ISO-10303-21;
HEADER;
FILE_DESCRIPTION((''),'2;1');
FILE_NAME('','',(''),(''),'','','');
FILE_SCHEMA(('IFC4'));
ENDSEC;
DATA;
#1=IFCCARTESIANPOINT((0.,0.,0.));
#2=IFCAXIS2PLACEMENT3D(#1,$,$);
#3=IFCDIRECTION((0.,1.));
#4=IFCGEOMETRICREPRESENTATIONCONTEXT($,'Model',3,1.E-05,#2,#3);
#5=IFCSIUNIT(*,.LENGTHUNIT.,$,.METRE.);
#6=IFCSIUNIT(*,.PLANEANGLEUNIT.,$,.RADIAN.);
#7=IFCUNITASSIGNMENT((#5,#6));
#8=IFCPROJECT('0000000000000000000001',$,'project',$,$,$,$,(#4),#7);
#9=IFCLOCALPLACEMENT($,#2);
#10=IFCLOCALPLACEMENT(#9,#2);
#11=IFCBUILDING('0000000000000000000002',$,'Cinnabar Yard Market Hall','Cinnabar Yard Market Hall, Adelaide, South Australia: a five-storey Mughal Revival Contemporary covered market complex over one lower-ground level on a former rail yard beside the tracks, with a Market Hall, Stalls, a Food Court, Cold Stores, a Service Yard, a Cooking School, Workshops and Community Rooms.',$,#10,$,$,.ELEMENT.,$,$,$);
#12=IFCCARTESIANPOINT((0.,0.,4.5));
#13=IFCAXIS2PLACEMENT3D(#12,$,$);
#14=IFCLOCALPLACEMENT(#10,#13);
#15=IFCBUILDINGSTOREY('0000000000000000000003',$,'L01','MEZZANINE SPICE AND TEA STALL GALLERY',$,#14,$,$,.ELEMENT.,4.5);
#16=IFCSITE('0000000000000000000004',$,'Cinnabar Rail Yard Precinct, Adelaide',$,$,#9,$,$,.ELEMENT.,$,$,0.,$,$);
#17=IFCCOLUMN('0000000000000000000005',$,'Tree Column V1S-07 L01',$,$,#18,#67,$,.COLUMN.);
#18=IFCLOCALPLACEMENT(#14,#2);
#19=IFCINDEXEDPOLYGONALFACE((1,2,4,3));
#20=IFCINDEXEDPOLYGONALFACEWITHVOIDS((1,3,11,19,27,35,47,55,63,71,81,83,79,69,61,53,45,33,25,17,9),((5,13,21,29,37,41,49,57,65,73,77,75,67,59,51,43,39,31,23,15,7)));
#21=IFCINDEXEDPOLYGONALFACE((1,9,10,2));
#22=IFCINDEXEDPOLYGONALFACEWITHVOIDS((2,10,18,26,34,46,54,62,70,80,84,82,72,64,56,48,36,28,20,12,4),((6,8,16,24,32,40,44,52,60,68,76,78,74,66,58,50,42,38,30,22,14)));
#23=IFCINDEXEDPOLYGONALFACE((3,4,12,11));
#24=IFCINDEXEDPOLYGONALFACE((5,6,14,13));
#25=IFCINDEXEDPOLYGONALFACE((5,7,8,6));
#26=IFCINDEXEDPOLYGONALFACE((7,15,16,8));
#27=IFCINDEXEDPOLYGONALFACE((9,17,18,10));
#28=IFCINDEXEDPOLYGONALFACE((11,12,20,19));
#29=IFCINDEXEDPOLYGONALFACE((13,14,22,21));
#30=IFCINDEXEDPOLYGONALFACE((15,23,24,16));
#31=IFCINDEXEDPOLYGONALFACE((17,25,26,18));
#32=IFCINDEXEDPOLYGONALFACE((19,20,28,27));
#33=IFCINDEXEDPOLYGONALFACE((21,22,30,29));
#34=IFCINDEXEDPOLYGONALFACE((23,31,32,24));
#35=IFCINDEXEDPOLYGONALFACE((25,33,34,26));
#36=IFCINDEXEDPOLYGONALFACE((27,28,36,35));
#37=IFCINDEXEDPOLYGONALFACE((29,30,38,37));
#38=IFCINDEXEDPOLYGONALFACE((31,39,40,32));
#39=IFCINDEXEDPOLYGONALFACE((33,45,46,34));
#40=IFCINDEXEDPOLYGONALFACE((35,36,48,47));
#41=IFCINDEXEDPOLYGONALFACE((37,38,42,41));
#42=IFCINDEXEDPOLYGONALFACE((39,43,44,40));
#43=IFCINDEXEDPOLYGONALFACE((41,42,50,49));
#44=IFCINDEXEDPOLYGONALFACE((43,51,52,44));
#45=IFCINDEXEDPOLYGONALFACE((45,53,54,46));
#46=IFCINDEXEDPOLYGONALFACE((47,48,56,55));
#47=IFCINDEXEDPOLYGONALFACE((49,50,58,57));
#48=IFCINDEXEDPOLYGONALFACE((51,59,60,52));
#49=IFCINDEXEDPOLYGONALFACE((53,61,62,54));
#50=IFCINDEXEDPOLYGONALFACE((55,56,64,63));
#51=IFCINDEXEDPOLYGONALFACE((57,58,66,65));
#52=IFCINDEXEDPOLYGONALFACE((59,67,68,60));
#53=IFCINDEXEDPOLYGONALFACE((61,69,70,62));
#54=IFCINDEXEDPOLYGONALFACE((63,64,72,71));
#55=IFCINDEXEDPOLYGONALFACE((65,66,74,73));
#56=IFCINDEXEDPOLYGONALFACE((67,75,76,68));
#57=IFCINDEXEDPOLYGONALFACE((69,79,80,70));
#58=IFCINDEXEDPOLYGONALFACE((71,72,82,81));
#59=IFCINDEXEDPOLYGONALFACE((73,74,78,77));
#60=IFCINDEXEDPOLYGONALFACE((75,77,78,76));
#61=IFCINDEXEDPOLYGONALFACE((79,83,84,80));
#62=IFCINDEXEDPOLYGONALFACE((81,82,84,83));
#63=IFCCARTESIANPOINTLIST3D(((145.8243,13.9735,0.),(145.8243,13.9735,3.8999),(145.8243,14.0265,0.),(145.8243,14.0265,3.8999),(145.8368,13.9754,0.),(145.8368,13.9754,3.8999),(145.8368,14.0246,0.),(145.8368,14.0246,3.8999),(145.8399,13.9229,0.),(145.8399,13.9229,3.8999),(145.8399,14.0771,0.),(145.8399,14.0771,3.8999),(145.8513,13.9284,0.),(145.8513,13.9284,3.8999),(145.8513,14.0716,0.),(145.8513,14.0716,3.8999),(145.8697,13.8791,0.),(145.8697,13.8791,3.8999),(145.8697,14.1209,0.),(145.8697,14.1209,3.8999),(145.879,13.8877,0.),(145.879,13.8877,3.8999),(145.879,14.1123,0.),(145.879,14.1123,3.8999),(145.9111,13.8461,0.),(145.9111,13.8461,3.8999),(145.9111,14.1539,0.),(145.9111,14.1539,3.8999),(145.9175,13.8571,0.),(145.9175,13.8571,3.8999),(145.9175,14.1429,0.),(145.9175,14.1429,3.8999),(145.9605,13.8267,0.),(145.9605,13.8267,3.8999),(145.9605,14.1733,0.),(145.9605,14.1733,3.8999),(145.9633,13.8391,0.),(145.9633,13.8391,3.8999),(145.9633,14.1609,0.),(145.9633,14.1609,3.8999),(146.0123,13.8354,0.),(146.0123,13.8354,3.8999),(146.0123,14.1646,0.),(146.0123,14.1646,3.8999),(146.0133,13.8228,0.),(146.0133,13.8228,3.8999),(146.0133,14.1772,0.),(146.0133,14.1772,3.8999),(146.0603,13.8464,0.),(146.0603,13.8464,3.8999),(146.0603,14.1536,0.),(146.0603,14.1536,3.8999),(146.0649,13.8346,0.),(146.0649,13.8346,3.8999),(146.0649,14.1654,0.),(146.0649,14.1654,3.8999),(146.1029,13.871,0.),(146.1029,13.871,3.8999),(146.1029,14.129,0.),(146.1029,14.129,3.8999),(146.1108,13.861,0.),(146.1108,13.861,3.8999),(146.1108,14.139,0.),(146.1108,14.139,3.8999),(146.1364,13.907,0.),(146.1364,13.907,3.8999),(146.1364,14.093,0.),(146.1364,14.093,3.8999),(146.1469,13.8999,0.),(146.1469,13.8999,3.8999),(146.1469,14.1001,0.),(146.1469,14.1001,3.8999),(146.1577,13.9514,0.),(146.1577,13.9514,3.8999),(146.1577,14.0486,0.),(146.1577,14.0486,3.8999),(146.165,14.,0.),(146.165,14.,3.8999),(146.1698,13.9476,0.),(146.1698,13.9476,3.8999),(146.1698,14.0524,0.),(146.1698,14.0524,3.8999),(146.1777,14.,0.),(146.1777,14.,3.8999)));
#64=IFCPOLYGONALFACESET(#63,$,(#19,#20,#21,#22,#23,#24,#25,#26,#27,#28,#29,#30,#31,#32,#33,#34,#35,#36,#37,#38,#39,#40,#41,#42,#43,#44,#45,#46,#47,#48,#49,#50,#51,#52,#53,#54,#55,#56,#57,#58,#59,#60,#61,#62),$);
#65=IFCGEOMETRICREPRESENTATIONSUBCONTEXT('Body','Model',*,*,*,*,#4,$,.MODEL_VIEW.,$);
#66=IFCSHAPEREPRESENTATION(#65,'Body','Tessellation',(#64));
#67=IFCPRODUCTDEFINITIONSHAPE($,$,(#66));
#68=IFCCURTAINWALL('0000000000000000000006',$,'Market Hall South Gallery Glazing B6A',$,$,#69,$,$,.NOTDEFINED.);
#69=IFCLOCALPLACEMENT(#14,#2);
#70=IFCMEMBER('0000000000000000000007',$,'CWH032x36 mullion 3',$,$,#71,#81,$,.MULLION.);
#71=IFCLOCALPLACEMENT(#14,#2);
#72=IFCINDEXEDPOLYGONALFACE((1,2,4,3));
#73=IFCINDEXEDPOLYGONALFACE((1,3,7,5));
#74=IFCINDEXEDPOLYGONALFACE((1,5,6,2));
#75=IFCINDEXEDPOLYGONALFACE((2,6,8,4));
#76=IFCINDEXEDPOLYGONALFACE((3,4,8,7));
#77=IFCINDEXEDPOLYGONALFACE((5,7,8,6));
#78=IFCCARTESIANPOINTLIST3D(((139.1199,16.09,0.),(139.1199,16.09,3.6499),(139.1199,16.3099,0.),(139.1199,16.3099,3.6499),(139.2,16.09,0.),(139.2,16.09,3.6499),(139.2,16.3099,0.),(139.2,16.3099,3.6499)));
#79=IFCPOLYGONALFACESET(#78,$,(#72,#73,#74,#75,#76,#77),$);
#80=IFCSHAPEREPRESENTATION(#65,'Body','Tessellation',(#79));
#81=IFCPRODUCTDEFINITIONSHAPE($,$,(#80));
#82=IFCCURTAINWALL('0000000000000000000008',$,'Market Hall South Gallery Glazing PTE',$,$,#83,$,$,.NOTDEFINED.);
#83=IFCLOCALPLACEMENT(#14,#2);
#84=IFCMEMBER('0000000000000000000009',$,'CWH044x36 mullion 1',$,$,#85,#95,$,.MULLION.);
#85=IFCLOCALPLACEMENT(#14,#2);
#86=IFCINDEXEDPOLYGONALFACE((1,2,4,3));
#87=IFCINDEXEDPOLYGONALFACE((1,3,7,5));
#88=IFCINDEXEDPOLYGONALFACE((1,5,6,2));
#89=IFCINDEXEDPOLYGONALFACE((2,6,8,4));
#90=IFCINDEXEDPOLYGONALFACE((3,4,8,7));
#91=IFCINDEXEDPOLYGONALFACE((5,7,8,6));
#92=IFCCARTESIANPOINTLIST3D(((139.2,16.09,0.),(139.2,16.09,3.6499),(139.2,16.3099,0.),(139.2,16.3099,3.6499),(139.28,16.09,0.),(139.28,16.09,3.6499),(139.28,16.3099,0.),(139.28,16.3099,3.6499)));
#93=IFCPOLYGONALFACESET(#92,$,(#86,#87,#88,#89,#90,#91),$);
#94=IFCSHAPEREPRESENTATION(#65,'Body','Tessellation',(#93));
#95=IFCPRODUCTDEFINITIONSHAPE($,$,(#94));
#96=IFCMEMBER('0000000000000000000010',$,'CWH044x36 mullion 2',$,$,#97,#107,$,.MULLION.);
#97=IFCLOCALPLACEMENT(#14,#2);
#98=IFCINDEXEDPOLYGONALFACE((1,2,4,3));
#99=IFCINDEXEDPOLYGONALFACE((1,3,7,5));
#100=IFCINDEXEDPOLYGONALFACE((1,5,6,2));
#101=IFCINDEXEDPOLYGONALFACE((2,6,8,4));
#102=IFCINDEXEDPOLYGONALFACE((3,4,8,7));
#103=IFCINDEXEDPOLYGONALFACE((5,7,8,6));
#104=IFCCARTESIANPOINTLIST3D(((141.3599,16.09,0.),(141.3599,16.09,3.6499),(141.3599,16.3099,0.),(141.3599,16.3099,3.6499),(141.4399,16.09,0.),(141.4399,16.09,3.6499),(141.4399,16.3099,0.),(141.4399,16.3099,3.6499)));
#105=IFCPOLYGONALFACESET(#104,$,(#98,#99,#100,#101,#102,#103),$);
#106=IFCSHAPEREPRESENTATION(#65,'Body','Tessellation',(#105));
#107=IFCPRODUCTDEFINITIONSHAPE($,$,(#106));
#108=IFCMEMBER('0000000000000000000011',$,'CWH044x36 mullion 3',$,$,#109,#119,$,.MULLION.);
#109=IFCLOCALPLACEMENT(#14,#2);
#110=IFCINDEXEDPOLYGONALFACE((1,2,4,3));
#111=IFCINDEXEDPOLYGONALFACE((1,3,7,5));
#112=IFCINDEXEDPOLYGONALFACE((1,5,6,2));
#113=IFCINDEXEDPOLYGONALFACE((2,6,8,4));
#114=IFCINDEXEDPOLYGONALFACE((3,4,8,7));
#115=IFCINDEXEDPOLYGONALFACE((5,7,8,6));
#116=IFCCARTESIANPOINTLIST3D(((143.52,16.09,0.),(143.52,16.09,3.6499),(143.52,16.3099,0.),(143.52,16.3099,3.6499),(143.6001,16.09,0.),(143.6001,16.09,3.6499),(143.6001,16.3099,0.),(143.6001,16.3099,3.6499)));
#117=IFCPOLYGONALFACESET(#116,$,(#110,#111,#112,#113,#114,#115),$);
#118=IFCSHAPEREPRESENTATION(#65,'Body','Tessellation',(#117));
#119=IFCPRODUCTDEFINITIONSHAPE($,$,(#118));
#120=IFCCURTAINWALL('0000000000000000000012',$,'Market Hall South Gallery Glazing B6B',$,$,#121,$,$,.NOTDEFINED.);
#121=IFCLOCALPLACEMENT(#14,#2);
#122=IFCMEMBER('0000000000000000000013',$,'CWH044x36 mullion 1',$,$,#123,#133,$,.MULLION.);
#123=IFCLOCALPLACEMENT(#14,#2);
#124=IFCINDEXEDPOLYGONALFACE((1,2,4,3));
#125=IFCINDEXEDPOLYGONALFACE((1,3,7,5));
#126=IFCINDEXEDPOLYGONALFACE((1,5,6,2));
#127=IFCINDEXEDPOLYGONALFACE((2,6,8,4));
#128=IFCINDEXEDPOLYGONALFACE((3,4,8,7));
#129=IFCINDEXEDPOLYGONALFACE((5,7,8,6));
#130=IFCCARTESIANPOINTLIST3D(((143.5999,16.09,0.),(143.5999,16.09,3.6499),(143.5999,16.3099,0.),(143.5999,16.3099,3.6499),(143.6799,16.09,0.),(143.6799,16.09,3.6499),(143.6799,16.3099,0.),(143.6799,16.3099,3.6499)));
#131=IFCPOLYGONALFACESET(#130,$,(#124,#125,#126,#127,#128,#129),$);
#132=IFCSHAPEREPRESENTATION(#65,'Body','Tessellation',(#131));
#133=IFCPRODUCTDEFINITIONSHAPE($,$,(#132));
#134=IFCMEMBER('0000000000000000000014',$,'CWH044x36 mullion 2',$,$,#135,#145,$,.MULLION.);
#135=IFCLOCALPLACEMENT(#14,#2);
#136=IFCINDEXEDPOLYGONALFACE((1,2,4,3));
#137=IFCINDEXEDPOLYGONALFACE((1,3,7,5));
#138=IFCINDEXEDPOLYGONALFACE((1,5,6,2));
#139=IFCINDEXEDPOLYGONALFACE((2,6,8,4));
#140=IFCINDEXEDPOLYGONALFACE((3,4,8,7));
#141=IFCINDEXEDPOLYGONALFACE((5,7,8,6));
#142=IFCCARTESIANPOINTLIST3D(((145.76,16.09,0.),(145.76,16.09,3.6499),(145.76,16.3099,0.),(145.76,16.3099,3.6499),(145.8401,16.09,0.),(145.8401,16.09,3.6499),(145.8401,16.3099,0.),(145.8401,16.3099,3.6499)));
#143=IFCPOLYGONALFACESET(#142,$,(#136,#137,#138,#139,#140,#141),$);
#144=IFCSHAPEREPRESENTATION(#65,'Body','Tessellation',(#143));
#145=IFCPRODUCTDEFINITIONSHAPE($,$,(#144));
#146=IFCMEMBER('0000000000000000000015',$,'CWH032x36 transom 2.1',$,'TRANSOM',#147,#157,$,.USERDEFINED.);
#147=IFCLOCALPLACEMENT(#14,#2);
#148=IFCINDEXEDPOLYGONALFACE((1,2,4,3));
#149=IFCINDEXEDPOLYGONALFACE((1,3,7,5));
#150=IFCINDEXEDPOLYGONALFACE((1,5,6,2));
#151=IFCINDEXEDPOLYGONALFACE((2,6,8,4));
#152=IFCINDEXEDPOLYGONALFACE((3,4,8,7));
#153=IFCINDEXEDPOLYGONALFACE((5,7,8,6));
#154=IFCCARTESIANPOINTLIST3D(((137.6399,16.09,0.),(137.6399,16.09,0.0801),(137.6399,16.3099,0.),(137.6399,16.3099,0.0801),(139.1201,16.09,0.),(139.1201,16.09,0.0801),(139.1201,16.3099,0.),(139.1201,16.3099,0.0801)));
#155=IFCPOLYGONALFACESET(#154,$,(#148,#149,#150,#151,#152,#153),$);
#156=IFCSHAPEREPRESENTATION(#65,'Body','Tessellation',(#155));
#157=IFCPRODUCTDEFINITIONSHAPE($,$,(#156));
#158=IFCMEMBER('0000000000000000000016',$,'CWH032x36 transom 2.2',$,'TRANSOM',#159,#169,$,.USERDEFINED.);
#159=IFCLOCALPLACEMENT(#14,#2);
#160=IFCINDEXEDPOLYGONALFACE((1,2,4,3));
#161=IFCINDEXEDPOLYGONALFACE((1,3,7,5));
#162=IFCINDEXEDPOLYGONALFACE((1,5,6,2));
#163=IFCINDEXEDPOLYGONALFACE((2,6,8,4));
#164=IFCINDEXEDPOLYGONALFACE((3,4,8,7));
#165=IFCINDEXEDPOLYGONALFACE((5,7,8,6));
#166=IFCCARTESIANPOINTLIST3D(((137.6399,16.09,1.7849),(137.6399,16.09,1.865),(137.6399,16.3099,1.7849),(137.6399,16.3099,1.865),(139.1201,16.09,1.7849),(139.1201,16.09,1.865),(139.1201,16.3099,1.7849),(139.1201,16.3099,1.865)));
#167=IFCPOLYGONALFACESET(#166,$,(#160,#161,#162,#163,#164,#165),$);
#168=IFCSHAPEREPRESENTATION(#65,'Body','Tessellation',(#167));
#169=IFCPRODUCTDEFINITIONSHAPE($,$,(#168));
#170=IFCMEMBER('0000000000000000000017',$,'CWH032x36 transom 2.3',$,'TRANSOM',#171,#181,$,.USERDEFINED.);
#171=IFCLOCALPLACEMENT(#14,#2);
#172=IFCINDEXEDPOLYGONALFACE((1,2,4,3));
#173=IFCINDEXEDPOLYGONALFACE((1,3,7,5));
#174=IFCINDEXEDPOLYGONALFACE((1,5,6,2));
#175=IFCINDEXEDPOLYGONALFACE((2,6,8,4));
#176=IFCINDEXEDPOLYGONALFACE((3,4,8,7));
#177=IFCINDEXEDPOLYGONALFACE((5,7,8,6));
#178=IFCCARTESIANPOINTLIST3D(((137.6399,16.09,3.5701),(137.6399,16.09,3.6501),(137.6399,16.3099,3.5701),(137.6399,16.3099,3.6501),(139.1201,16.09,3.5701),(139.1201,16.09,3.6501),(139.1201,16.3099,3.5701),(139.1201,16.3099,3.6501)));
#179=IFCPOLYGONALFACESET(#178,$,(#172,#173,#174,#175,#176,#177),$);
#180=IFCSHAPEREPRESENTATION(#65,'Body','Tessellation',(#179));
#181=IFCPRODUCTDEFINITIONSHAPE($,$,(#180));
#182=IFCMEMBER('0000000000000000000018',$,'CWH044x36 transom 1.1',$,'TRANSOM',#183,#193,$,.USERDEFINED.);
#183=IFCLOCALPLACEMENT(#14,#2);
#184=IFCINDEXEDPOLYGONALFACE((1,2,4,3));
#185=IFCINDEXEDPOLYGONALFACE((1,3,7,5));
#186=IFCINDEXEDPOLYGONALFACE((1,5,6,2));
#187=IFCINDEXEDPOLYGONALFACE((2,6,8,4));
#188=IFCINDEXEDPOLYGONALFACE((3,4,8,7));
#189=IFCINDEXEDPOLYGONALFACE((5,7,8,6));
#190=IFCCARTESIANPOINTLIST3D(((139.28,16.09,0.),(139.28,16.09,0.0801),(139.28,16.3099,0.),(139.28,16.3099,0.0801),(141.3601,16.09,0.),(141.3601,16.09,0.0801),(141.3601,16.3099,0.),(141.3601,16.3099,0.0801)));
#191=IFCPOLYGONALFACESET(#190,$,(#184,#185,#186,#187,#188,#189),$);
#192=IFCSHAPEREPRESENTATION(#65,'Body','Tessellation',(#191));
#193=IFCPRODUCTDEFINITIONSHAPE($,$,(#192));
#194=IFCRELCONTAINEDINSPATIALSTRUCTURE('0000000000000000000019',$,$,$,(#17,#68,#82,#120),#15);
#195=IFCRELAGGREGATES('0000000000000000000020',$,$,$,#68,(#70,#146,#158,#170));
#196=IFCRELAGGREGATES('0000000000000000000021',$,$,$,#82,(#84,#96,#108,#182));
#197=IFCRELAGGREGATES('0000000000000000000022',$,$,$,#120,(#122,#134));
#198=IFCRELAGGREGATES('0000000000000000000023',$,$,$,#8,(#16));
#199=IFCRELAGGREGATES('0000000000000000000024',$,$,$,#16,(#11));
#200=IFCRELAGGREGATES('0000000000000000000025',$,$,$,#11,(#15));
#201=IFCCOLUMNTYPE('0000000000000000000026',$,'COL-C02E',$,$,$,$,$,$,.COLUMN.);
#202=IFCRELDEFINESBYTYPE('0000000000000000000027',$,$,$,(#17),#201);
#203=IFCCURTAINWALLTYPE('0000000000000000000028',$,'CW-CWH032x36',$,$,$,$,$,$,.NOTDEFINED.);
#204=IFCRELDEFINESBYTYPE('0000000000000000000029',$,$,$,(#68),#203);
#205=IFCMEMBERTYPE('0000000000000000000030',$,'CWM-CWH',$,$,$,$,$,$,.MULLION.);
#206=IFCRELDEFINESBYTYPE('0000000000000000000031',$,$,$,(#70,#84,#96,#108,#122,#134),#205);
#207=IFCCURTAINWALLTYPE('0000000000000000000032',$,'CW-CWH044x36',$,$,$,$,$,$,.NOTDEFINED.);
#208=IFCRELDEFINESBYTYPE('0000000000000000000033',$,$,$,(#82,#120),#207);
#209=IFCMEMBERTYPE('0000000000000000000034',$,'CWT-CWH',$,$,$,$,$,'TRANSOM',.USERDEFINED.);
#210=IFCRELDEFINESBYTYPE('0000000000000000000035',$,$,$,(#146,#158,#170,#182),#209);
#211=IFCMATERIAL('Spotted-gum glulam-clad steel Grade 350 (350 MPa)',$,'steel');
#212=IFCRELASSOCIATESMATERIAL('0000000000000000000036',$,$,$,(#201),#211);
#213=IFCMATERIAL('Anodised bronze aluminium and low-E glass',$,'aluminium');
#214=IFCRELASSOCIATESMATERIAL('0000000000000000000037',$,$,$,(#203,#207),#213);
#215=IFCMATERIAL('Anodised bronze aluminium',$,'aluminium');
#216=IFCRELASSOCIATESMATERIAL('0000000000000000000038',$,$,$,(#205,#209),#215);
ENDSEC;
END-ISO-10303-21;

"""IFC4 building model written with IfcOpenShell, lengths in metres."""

from ifc_helpers import new_model, si_unit, direction, frame, origin, origin_2d_with_axis, place, context, subcontext, project, spatial, rectangle, hollow_circle, extrude, material, material_profile, profile_set, type_object, element, aggregate, save


model = new_model("IFC4")

# Units and contexts
model_context = context("Model", 3, precision=1e-05, world=origin(), true_north=direction((0.0, 1.0)))
body_context = subcontext(model_context, "Body", "Model", "MODEL_VIEW")
ifc_project = project(units=[si_unit("LENGTHUNIT", "METRE"), si_unit("PLANEANGLEUNIT", "RADIAN")], contexts=[model_context])

# Site, building, storey
site_placement = place(None, origin())
site = spatial("IfcSite", under=ifc_project, at=site_placement, Name="Cinnabar Rail Yard Precinct, Adelaide", CompositionType="ELEMENT", RefElevation=0.0)
building_placement = place(site_placement, origin())
building = spatial("IfcBuilding", under=site, at=building_placement, Name="Cinnabar Yard Market Hall", Description="Cinnabar Yard Market Hall, Adelaide, South Australia: a five-storey Mughal Revival Contemporary covered market complex over one lower-ground level on a former rail yard beside the tracks, with a Market Hall, Stalls, a Food Court, Cold Stores, a Service Yard, a Cooking School, Workshops and Community Rooms.", CompositionType="ELEMENT")
storey_placement = place(building_placement, frame((0.0, 0.0, 4.5)))
storey = spatial("IfcBuildingStorey", under=building, at=storey_placement, Name="L01", Description="MEZZANINE SPICE AND TEA STALL GALLERY", CompositionType="ELEMENT", Elevation=4.5)

# Column
ifc_material_1 = material(Name="Spotted-gum glulam-clad steel Grade 350 (350 MPa)", Category="steel")
ifc_material_profile_1 = material_profile(ifc_material_1, hollow_circle(Radius=0.1777, WallThickness=0.0127, at=origin_2d_with_axis()), Name="355.6x12.7CHS")
ifc_profile_set_1 = profile_set([ifc_material_profile_1], Name="Spotted-gum glulam-clad steel Grade 350 (350 MPa)")
column_type = type_object("IfcColumnType", Name="COL-C02E", PredefinedType="COLUMN", material=ifc_profile_set_1)
column_placement = place(storey_placement, frame((146.0, 14.0, 0.0), z_axis=(0.0, 0.0, 1.0), x_axis=(1.0, 0.0, 0.0)))
element("IfcColumn", 1, at=column_placement, inside=storey, type_object=column_type, Name="Tree Column V1S-07 L01", PredefinedType="COLUMN", context=body_context, shape_type="SweptSolid", body=[
    extrude(hollow_circle(Radius=0.1777, WallThickness=0.0127, at=origin_2d_with_axis()), origin(), (0.0, 0.0, 1.0), 3.8999),
])

# Curtain wall, member
ifc_material_2 = material(Name="Anodised bronze aluminium and low-E glass", Category="aluminium")
curtain_wall_type_1 = type_object("IfcCurtainWallType", Name="CW-CWH032x36", PredefinedType="NOTDEFINED", material=ifc_material_2)
curtain_wall_1_placement = place(storey_placement, origin())
curtain_wall_1 = element("IfcCurtainWall", 2, at=curtain_wall_1_placement, inside=storey, type_object=curtain_wall_type_1, Name="Market Hall South Gallery Glazing B6A", PredefinedType="NOTDEFINED")
ifc_material_3 = material(Name="Anodised bronze aluminium", Category="aluminium")
ifc_material_profile_2 = material_profile(ifc_material_3, rectangle(XDim=0.22, YDim=0.0801, at=origin_2d_with_axis()), Name="MUL-CWH")
ifc_profile_set_2 = profile_set([ifc_material_profile_2], Name="Anodised bronze aluminium")
member_type_1 = type_object("IfcMemberType", Name="CWM-CWH", PredefinedType="MULLION", material=ifc_profile_set_2)
member_1_placement = place(storey_placement, frame((139.1599, 16.2, 0.0), z_axis=(0.0, 0.0, 1.0), x_axis=(0.0, 1.0, 0.0)))
member_1 = element("IfcMember", 3, at=member_1_placement, type_object=member_type_1, Name="CWH032x36 mullion 3", PredefinedType="MULLION", context=body_context, shape_type="SweptSolid", body=[
    extrude(rectangle(XDim=0.22, YDim=0.0801, at=origin_2d_with_axis()), origin(), (0.0, 0.0, 1.0), 3.6499),
])

# Curtain walls, members
curtain_wall_type_2 = type_object("IfcCurtainWallType", Name="CW-CWH044x36", PredefinedType="NOTDEFINED", material=ifc_material_2)
curtain_wall_2_placement = place(storey_placement, origin())
curtain_wall_2 = element("IfcCurtainWall", 4, at=curtain_wall_2_placement, inside=storey, type_object=curtain_wall_type_2, Name="Market Hall South Gallery Glazing PTE", PredefinedType="NOTDEFINED")
member_2_placement = place(storey_placement, frame((139.24, 16.2, 0.0), z_axis=(0.0, 0.0, 1.0), x_axis=(0.0, 1.0, 0.0)))
member_2 = element("IfcMember", 5, at=member_2_placement, type_object=member_type_1, Name="CWH044x36 mullion 1", PredefinedType="MULLION", context=body_context, shape_type="SweptSolid", body=[
    extrude(rectangle(XDim=0.22, YDim=0.0801, at=origin_2d_with_axis()), origin(), (0.0, 0.0, 1.0), 3.6499),
])
member_3_placement = place(storey_placement, frame((141.3999, 16.2, 0.0), z_axis=(0.0, 0.0, 1.0), x_axis=(0.0, 1.0, 0.0)))
member_3 = element("IfcMember", 6, at=member_3_placement, type_object=member_type_1, Name="CWH044x36 mullion 2", PredefinedType="MULLION", context=body_context, shape_type="SweptSolid", body=[
    extrude(rectangle(XDim=0.22, YDim=0.0801, at=origin_2d_with_axis()), origin(), (0.0, 0.0, 1.0), 3.6499),
])
member_4_placement = place(storey_placement, frame((143.5601, 16.2, 0.0), z_axis=(0.0, 0.0, 1.0), x_axis=(0.0, 1.0, 0.0)))
member_4 = element("IfcMember", 7, at=member_4_placement, type_object=member_type_1, Name="CWH044x36 mullion 3", PredefinedType="MULLION", context=body_context, shape_type="SweptSolid", body=[
    extrude(rectangle(XDim=0.22, YDim=0.0801, at=origin_2d_with_axis()), origin(), (0.0, 0.0, 1.0), 3.6499),
])
curtain_wall_3_placement = place(storey_placement, origin())
curtain_wall_3 = element("IfcCurtainWall", 8, at=curtain_wall_3_placement, inside=storey, type_object=curtain_wall_type_2, Name="Market Hall South Gallery Glazing B6B", PredefinedType="NOTDEFINED")
member_5_placement = place(storey_placement, frame((143.6399, 16.2, 0.0), z_axis=(0.0, 0.0, 1.0), x_axis=(0.0, 1.0, 0.0)))
member_5 = element("IfcMember", 9, at=member_5_placement, type_object=member_type_1, Name="CWH044x36 mullion 1", PredefinedType="MULLION", context=body_context, shape_type="SweptSolid", body=[
    extrude(rectangle(XDim=0.22, YDim=0.0801, at=origin_2d_with_axis()), origin(), (0.0, 0.0, 1.0), 3.6499),
])
member_6_placement = place(storey_placement, frame((145.8, 16.2, 0.0), z_axis=(0.0, 0.0, 1.0), x_axis=(0.0, 1.0, 0.0)))
member_6 = element("IfcMember", 10, at=member_6_placement, type_object=member_type_1, Name="CWH044x36 mullion 2", PredefinedType="MULLION", context=body_context, shape_type="SweptSolid", body=[
    extrude(rectangle(XDim=0.22, YDim=0.0801, at=origin_2d_with_axis()), origin(), (0.0, 0.0, 1.0), 3.6499),
])

# Members
ifc_material_profile_3 = material_profile(ifc_material_3, rectangle(XDim=0.22, YDim=0.0801, at=origin_2d_with_axis()), Name="TRN-CWH")
ifc_profile_set_3 = profile_set([ifc_material_profile_3], Name="Anodised bronze aluminium")
member_type_2 = type_object("IfcMemberType", Name="CWT-CWH", ElementType="TRANSOM", PredefinedType="USERDEFINED", material=ifc_profile_set_3)
member_7_placement = place(storey_placement, frame((137.6399, 16.2, 0.04), z_axis=(1.0, 0.0, 0.0), x_axis=(0.0, 1.0, 0.0)))
member_7 = element("IfcMember", 11, at=member_7_placement, type_object=member_type_2, Name="CWH032x36 transom 2.1", ObjectType="TRANSOM", PredefinedType="USERDEFINED", context=body_context, shape_type="SweptSolid", body=[
    extrude(rectangle(XDim=0.22, YDim=0.0801, at=origin_2d_with_axis()), origin(), (0.0, 0.0, 1.0), 1.4802),
])
member_8_placement = place(storey_placement, frame((137.6399, 16.2, 1.825), z_axis=(1.0, 0.0, 0.0), x_axis=(0.0, 1.0, 0.0)))
member_8 = element("IfcMember", 12, at=member_8_placement, type_object=member_type_2, Name="CWH032x36 transom 2.2", ObjectType="TRANSOM", PredefinedType="USERDEFINED", context=body_context, shape_type="SweptSolid", body=[
    extrude(rectangle(XDim=0.22, YDim=0.0801, at=origin_2d_with_axis()), origin(), (0.0, 0.0, 1.0), 1.4802),
])
member_9_placement = place(storey_placement, frame((137.6399, 16.2, 3.6101), z_axis=(1.0, 0.0, 0.0), x_axis=(0.0, 1.0, 0.0)))
member_9 = element("IfcMember", 13, at=member_9_placement, type_object=member_type_2, Name="CWH032x36 transom 2.3", ObjectType="TRANSOM", PredefinedType="USERDEFINED", context=body_context, shape_type="SweptSolid", body=[
    extrude(rectangle(XDim=0.22, YDim=0.0801, at=origin_2d_with_axis()), origin(), (0.0, 0.0, 1.0), 1.4802),
])
member_10_placement = place(storey_placement, frame((139.28, 16.2, 0.04), z_axis=(1.0, 0.0, 0.0), x_axis=(0.0, 1.0, 0.0)))
member_10 = element("IfcMember", 14, at=member_10_placement, type_object=member_type_2, Name="CWH044x36 transom 1.1", ObjectType="TRANSOM", PredefinedType="USERDEFINED", context=body_context, shape_type="SweptSolid", body=[
    extrude(rectangle(XDim=0.22, YDim=0.0801, at=origin_2d_with_axis()), origin(), (0.0, 0.0, 1.0), 2.0801),
])

aggregate(curtain_wall_1, [member_1, member_7, member_8, member_9])
aggregate(curtain_wall_2, [member_2, member_3, member_4, member_10])
aggregate(curtain_wall_3, [member_5, member_6])

save(model, "model.ifc")
